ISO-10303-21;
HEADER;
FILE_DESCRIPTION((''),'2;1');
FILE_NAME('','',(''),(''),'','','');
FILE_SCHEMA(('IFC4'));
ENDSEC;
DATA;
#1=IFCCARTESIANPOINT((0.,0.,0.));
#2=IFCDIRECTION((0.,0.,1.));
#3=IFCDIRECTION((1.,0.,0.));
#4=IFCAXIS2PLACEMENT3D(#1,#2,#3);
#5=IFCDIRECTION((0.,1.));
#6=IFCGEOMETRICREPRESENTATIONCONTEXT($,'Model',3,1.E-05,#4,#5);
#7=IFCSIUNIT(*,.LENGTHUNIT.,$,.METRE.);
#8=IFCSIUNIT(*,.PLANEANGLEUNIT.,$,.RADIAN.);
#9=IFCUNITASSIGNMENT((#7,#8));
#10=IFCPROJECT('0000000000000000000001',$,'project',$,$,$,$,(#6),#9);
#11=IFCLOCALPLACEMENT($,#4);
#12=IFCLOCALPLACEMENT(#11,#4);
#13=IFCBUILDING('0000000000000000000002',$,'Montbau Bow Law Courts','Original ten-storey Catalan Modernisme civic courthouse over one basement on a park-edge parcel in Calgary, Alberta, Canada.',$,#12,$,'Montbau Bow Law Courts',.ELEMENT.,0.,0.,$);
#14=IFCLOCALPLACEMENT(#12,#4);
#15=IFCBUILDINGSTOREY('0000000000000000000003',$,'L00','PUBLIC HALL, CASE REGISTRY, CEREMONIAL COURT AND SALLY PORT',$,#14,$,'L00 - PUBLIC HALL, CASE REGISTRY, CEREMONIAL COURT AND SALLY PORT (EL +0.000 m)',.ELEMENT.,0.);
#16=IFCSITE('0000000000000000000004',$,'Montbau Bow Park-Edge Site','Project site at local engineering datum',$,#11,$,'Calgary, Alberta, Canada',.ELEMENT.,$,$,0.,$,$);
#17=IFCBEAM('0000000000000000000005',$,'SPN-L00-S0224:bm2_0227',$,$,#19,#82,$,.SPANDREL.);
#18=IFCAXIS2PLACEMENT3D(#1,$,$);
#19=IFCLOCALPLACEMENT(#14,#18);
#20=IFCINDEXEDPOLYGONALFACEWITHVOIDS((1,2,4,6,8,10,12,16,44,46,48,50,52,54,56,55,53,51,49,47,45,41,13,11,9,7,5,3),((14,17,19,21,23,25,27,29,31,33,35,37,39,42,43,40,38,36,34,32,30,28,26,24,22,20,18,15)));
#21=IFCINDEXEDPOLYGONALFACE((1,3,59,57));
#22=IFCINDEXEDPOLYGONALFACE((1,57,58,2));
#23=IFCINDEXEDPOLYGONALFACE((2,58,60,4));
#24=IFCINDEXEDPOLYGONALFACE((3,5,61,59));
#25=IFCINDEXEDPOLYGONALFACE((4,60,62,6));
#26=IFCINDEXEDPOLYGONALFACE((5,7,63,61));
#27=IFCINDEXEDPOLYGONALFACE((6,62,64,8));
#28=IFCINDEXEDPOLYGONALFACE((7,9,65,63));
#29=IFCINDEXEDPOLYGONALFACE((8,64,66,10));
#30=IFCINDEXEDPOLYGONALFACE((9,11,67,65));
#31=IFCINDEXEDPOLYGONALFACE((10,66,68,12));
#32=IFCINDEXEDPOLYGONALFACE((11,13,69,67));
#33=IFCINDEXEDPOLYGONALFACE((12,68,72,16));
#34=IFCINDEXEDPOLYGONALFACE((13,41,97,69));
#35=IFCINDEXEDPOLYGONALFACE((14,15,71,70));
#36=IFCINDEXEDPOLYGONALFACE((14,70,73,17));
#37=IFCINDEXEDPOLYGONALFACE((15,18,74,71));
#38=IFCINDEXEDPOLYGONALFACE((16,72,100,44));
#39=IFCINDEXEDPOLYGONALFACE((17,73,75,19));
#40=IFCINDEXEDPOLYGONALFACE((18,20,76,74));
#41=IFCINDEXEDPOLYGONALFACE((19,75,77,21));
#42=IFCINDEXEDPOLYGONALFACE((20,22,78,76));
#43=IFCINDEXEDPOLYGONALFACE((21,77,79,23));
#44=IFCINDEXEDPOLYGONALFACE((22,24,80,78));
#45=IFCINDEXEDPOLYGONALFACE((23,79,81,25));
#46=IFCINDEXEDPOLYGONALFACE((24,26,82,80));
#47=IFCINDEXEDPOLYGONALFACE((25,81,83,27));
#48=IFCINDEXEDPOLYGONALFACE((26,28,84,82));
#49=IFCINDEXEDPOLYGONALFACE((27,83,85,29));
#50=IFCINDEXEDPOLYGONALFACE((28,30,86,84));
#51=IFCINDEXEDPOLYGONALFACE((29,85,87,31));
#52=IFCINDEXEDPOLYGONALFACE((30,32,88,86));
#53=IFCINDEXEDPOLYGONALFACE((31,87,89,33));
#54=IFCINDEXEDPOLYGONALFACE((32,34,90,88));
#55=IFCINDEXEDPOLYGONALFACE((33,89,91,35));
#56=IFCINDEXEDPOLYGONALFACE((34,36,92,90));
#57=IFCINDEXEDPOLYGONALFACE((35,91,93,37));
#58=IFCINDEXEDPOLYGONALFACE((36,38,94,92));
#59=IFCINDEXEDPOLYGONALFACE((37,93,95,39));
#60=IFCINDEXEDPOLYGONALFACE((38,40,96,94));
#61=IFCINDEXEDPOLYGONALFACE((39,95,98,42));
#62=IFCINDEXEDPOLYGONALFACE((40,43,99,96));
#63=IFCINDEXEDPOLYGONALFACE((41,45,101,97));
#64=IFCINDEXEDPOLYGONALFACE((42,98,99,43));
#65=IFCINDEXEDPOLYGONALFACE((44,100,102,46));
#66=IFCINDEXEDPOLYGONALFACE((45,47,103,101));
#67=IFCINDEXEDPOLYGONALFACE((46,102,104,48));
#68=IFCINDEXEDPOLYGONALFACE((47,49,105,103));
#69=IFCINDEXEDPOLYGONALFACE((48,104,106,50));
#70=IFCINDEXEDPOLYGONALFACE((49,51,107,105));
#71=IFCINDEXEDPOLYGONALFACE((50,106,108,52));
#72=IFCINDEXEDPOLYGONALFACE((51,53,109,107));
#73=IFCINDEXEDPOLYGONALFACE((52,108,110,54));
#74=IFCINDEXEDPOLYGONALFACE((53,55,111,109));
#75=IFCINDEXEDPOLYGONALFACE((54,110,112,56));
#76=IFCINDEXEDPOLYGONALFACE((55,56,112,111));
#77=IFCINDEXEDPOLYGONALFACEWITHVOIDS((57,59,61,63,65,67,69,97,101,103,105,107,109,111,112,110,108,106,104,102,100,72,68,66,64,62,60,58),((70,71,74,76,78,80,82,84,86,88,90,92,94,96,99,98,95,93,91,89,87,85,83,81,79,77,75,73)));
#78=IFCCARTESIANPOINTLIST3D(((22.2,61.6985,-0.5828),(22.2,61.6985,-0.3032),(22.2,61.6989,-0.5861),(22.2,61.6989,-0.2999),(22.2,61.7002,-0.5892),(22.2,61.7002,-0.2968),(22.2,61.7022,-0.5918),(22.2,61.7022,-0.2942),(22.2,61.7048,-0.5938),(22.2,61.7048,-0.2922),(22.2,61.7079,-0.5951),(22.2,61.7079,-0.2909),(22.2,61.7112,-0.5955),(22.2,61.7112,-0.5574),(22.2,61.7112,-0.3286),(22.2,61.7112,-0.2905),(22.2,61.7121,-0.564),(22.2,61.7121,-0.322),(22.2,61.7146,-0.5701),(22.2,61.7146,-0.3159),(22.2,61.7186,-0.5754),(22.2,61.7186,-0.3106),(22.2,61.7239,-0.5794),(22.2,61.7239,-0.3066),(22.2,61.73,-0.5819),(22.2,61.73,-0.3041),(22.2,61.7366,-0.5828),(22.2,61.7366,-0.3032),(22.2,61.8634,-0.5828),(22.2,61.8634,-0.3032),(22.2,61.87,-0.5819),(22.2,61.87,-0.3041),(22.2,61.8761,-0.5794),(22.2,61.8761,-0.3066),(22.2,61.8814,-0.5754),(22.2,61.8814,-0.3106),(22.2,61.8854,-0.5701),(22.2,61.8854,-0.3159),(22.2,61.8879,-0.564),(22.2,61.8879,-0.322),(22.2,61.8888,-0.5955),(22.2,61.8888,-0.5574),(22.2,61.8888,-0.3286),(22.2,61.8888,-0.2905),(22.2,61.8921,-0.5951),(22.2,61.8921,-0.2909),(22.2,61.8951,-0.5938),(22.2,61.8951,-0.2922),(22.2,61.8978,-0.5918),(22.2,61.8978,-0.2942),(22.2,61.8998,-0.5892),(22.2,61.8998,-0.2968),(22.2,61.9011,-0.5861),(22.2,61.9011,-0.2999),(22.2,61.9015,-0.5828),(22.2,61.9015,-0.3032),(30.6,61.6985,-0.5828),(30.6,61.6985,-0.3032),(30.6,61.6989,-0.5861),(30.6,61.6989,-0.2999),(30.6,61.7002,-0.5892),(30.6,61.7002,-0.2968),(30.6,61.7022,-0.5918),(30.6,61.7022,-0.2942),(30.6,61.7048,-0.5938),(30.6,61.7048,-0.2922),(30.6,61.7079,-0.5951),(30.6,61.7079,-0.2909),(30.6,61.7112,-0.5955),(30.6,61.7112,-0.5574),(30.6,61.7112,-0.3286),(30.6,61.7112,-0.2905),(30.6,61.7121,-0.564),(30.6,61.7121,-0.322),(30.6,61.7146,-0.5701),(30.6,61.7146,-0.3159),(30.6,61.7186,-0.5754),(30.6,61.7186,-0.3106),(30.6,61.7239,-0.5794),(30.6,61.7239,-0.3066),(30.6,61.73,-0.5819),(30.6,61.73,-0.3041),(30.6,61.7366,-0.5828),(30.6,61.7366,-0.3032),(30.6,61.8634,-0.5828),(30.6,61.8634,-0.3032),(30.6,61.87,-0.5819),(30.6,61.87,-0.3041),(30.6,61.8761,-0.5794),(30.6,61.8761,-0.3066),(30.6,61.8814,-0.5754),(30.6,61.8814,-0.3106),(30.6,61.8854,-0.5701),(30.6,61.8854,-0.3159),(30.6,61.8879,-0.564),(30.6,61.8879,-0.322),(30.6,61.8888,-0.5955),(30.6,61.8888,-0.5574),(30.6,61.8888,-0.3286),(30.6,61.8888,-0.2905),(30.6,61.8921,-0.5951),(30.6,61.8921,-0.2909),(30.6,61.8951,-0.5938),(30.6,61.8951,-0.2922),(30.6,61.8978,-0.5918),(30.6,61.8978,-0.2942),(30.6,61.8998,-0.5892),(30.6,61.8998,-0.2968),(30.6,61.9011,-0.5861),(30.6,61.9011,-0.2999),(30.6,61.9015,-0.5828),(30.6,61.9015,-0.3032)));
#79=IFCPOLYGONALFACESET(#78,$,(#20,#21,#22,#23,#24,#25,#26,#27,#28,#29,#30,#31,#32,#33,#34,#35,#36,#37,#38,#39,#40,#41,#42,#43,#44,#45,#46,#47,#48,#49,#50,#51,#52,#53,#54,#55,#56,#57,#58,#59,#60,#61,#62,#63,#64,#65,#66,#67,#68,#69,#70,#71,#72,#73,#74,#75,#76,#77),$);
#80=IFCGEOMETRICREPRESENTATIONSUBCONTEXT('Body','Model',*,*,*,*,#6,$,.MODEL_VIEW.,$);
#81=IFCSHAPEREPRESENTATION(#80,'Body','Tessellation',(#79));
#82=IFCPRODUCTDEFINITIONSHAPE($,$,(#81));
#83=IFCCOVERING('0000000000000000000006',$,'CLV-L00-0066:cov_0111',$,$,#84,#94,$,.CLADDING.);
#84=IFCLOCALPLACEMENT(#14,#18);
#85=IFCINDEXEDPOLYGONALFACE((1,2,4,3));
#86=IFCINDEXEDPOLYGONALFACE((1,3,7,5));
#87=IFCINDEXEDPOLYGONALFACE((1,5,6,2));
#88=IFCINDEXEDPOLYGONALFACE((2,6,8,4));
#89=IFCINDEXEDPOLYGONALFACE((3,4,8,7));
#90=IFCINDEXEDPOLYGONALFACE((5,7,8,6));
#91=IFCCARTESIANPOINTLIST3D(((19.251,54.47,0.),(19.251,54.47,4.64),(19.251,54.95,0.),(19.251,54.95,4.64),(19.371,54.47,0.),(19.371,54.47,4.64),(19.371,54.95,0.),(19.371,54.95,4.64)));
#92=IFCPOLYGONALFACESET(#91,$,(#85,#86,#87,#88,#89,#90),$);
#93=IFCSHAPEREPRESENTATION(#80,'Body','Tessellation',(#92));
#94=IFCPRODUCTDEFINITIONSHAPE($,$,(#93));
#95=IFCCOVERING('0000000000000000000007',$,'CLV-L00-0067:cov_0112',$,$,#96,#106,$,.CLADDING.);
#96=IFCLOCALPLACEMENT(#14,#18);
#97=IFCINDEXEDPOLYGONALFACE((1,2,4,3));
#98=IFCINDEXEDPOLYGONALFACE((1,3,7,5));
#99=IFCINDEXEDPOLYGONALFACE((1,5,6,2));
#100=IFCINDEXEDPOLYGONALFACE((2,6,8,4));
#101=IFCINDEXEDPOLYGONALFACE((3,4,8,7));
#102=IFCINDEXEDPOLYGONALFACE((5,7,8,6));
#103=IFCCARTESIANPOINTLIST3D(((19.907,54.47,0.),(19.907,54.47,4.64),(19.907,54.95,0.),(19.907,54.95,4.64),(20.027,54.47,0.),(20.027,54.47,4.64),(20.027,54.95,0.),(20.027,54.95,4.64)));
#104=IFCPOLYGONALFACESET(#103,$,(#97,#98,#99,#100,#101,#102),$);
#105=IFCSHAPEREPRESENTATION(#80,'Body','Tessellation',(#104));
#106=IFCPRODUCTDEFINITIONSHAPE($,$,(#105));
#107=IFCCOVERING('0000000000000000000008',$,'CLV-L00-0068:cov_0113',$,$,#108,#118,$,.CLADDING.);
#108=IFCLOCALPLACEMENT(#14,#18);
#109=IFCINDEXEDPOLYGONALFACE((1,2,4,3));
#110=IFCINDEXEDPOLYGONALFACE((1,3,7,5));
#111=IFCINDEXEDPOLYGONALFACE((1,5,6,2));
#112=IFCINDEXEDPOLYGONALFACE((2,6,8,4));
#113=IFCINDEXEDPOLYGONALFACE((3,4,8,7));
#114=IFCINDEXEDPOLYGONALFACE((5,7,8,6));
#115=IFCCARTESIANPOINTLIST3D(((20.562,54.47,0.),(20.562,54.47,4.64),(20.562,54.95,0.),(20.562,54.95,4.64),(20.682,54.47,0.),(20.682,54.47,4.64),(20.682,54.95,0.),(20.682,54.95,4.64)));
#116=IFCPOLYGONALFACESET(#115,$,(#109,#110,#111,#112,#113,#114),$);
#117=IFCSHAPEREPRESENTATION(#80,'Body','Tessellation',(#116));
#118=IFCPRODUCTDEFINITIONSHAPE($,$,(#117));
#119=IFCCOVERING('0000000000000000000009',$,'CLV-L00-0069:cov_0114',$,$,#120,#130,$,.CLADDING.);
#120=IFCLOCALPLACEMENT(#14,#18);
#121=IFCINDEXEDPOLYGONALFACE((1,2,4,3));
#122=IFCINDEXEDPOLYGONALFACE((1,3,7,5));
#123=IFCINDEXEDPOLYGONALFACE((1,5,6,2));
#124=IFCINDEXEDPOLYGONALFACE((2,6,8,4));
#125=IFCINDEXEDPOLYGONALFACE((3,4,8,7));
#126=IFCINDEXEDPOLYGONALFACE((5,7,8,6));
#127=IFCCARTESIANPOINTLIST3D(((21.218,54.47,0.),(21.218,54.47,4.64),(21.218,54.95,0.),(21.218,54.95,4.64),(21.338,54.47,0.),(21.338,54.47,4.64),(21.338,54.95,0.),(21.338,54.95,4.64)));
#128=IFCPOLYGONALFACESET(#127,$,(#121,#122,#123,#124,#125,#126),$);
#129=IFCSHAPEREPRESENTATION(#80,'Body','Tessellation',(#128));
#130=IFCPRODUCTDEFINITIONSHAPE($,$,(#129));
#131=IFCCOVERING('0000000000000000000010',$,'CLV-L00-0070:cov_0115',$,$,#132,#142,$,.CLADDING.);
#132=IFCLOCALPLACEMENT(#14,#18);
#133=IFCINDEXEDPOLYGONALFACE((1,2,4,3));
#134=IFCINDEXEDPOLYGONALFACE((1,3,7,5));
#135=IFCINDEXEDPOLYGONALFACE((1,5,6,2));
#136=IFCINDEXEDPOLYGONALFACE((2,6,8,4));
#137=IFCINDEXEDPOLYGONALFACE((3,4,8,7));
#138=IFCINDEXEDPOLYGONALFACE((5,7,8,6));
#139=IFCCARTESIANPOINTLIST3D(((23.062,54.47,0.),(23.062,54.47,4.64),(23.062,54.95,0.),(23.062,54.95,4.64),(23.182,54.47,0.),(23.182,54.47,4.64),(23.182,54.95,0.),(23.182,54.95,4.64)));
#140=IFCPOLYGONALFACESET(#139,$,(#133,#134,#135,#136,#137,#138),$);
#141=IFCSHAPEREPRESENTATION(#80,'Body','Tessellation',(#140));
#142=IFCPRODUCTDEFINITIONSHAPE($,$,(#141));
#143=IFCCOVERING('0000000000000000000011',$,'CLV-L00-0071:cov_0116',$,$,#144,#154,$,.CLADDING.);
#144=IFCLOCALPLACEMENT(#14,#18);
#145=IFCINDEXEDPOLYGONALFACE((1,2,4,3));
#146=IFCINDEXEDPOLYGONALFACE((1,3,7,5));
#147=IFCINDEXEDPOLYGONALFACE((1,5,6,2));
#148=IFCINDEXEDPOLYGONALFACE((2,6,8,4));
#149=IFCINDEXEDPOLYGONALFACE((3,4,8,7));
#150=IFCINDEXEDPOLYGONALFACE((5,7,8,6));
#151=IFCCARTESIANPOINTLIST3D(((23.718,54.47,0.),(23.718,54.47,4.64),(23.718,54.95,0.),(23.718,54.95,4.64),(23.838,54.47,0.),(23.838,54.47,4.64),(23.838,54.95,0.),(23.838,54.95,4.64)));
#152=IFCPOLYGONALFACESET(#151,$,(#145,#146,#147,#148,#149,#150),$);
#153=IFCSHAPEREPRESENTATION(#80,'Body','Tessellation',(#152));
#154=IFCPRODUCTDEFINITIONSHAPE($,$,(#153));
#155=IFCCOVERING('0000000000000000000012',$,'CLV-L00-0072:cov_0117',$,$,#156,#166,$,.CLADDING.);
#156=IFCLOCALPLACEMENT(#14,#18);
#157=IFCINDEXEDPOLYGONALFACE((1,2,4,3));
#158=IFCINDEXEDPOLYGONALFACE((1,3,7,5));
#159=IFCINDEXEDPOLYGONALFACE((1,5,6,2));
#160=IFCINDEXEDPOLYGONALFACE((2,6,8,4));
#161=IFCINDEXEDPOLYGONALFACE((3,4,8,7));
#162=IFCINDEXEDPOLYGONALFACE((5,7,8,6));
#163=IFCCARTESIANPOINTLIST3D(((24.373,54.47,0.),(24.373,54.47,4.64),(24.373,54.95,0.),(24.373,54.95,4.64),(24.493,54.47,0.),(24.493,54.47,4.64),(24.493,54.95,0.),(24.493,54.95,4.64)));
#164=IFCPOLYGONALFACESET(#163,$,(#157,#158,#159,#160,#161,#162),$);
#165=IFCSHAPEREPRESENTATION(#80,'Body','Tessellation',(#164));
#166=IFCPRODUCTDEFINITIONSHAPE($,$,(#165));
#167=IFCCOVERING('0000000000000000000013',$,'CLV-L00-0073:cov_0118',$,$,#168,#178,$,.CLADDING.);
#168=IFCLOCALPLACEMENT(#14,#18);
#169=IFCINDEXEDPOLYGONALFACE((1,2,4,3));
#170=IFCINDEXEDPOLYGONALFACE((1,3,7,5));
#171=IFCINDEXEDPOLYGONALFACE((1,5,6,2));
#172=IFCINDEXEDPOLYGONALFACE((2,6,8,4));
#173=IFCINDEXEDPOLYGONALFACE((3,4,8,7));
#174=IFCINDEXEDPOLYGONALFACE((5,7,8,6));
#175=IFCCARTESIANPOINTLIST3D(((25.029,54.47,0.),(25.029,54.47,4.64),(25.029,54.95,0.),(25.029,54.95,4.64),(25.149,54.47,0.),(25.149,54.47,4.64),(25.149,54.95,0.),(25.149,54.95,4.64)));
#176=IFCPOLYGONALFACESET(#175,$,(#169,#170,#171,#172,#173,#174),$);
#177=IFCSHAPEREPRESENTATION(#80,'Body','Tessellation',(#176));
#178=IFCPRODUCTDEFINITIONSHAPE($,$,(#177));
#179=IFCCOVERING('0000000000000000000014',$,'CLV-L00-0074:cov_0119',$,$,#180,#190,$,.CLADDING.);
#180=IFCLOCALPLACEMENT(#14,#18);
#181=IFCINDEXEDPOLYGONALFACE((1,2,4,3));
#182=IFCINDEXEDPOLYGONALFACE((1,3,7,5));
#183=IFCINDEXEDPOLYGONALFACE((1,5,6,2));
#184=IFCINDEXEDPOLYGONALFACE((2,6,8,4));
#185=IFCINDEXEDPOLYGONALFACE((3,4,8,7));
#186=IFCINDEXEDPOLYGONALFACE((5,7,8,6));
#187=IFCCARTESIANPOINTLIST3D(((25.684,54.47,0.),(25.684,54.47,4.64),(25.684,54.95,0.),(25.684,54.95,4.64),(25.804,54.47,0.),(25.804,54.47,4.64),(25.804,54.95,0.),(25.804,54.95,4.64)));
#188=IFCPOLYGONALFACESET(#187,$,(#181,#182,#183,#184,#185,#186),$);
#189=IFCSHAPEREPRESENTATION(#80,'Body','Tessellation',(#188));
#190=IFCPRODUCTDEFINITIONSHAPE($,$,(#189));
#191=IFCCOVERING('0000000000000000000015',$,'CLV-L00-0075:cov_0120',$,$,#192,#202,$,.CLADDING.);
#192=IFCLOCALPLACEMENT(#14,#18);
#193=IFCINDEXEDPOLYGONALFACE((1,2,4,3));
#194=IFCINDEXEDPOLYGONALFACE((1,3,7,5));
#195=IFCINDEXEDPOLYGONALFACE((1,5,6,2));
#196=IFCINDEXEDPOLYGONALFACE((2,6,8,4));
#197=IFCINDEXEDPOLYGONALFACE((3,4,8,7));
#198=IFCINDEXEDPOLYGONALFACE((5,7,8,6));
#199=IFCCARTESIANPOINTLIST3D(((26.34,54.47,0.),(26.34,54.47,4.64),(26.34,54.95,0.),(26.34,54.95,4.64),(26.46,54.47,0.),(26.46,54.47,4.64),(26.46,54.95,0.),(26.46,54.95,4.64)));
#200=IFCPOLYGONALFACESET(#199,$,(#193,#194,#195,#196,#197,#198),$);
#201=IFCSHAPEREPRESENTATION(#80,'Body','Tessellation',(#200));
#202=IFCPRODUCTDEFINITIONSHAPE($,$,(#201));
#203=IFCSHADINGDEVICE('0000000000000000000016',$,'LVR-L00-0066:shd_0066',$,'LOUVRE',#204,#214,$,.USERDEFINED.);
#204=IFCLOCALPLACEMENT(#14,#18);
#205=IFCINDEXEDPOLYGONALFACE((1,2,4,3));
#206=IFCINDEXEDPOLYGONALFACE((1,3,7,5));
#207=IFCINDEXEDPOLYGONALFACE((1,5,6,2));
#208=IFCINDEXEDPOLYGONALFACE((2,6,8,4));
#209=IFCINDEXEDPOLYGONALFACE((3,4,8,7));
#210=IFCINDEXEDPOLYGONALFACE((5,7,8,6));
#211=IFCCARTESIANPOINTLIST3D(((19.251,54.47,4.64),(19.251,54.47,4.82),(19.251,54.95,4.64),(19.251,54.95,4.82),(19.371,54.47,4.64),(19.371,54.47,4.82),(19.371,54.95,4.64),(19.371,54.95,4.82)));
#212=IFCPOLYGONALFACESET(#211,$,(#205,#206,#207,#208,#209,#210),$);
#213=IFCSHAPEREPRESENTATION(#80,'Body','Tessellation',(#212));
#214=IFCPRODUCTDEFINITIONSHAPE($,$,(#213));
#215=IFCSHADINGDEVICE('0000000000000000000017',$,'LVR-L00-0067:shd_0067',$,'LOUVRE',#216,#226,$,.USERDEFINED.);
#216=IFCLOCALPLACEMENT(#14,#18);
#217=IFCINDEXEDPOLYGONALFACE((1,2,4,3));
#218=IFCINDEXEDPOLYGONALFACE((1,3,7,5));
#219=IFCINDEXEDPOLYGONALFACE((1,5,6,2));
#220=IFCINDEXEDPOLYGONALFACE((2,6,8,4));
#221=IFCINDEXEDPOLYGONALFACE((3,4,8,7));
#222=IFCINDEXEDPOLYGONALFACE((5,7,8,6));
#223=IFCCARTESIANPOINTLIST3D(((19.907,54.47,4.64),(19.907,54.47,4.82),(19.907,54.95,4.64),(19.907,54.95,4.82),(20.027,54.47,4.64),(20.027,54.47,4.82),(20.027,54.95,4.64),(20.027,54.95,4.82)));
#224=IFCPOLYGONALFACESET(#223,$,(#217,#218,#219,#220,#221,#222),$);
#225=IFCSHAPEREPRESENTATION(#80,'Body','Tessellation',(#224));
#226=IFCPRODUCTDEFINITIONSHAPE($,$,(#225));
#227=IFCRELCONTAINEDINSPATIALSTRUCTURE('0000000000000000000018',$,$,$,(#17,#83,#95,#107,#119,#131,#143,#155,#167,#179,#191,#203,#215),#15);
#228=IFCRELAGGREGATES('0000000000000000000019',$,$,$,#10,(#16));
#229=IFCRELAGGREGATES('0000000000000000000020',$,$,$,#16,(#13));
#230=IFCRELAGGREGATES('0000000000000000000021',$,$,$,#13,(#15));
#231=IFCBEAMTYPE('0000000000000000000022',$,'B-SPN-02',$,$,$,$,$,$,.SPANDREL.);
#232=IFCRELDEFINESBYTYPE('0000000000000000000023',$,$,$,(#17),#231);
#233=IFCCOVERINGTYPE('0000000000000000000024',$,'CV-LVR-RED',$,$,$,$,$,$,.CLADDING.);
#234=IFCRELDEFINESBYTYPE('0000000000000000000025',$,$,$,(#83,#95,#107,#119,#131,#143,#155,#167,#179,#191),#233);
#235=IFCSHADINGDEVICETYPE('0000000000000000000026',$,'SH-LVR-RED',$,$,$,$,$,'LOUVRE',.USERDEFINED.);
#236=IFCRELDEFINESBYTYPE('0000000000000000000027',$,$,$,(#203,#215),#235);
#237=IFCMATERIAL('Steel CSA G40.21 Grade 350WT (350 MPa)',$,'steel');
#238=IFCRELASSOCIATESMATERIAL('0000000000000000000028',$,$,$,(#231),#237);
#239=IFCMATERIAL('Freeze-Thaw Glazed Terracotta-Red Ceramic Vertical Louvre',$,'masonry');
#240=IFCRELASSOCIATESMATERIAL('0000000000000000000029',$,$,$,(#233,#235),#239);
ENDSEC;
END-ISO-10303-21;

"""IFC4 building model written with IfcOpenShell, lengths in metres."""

from ifc_helpers import new_model, si_unit, direction, frame, frame_2d, origin_with_axes, origin_2d_with_axis, place, context, subcontext, project, spatial, rectangle, hollow_rectangle, extrude, material, material_profile, profile_set, type_object, element, save


model = new_model("IFC4")

# Units and contexts
model_context = context("Model", 3, precision=1e-05, world=origin_with_axes(), true_north=direction((0.0, 1.0)))
body_context = subcontext(model_context, "Body", "Model", "MODEL_VIEW")
ifc_project = project(units=[si_unit("LENGTHUNIT", "METRE"), si_unit("PLANEANGLEUNIT", "RADIAN")], contexts=[model_context])

# Site, building, storey
site_placement = place(None, origin_with_axes())
site = spatial("IfcSite", under=ifc_project, at=site_placement, Name="Montbau Bow Park-Edge Site", Description="Project site at local engineering datum", LongName="Calgary, Alberta, Canada", CompositionType="ELEMENT", RefElevation=0.0)
building_placement = place(site_placement, origin_with_axes())
building = spatial("IfcBuilding", under=site, at=building_placement, Name="Montbau Bow Law Courts", Description="Original ten-storey Catalan Modernisme civic courthouse over one basement on a park-edge parcel in Calgary, Alberta, Canada.", LongName="Montbau Bow Law Courts", CompositionType="ELEMENT", ElevationOfRefHeight=0.0, ElevationOfTerrain=0.0)
storey_placement = place(building_placement, origin_with_axes())
storey = spatial("IfcBuildingStorey", under=building, at=storey_placement, Name="L00", Description="PUBLIC HALL, CASE REGISTRY, CEREMONIAL COURT AND SALLY PORT", LongName="L00 - PUBLIC HALL, CASE REGISTRY, CEREMONIAL COURT AND SALLY PORT (EL +0.000 m)", CompositionType="ELEMENT", Elevation=0.0)

# Shared definitions
ifc_material_1 = material(Name="Steel CSA G40.21 Grade 350WT (350 MPa)", Category="steel")

# Beam
ifc_material_profile_1 = material_profile(ifc_material_1, hollow_rectangle(XDim=0.203, YDim=0.305, WallThickness=0.0127, InnerFilletRadius=0.0254, OuterFilletRadius=0.0127, at=origin_2d_with_axis()), Name="HSS305X203X13", Category="Main", Priority=0)
ifc_profile_set_1 = profile_set([ifc_material_profile_1], Name="Steel CSA G40.21 Grade 350WT (350 MPa)")
beam_type_1 = type_object("IfcBeamType", Name="B-SPN-02", PredefinedType="SPANDREL", material=ifc_profile_set_1)
beam_1_placement = place(None, frame((22.2, 61.8, -0.443), z_axis=(1.0, 0.0, 0.0), x_axis=(0.0, 1.0, 0.0)))
element("IfcBeam", 1, at=beam_1_placement, inside=storey, type_object=beam_type_1, Name="SPN-L00-S0224:bm2_0227", PredefinedType="SPANDREL", context=body_context, shape_type="SweptSolid", body=[
    extrude(hollow_rectangle(XDim=0.203, YDim=0.305, WallThickness=0.0127, InnerFilletRadius=0.0254, OuterFilletRadius=0.0127, at=origin_2d_with_axis()), origin_with_axes(), (0.0, 0.0, 1.0), 8.4),
])

# Coverings
ifc_material_2 = material(Name="Freeze-Thaw Glazed Terracotta-Red Ceramic Vertical Louvre", Category="masonry")
covering_type = type_object("IfcCoveringType", Name="CV-LVR-RED", PredefinedType="CLADDING", material=ifc_material_2)
for number, where, z_axis, x_axis, name in (
    (2, (19.311, 54.47, 0.0), (1.0, 0.0, 0.0), (0.0, 1.0, 0.0), "CLV-L00-0066:cov_0111"),
    (3, (19.967, 54.47, 0.0), (1.0, 0.0, 0.0), (0.0, 1.0, 0.0), "CLV-L00-0067:cov_0112"),
    (4, (20.622, 54.47, 0.0), (1.0, 0.0, 0.0), (0.0, 1.0, 0.0), "CLV-L00-0068:cov_0113"),
    (5, (21.278, 54.47, 0.0), (1.0, 0.0, 0.0), (0.0, 1.0, 0.0), "CLV-L00-0069:cov_0114"),
    (6, (23.122, 54.47, 0.0), (1.0, 0.0, 0.0), (0.0, 1.0, 0.0), "CLV-L00-0070:cov_0115"),
    (7, (23.778, 54.47, 0.0), (1.0, 0.0, 0.0), (0.0, 1.0, 0.0), "CLV-L00-0071:cov_0116"),
    (8, (24.433, 54.47, 0.0), (1.0, 0.0, 0.0), (0.0, 1.0, 0.0), "CLV-L00-0072:cov_0117"),
    (9, (25.089, 54.47, 0.0), (1.0, 0.0, 0.0), (0.0, 1.0, 0.0), "CLV-L00-0073:cov_0118"),
    (10, (25.744, 54.47, 0.0), (1.0, 0.0, 0.0), (0.0, 1.0, 0.0), "CLV-L00-0074:cov_0119"),
    (11, (26.4, 54.47, 0.0), (1.0, 0.0, 0.0), (0.0, 1.0, 0.0), "CLV-L00-0075:cov_0120"),
):
    element("IfcCovering", number, at=place(None, frame(where, z_axis=z_axis, x_axis=x_axis)), inside=storey, type_object=covering_type, Name=name, PredefinedType="CLADDING", context=body_context, shape_type="SweptSolid", body=[
        extrude(rectangle(XDim=0.48, YDim=4.64, at=frame_2d((0.24, 2.32), x_axis=(1.0, 0.0))), frame((0.0, 0.0, -0.06), z_axis=(0.0, 0.0, 1.0), x_axis=(1.0, 0.0, 0.0)), (0.0, 0.0, 1.0), 0.12),
    ])

# Shading devices
shading_device_type = type_object("IfcShadingDeviceType", Name="SH-LVR-RED", ElementType="LOUVRE", PredefinedType="USERDEFINED", material=ifc_material_2)
for number, where, z_axis, x_axis, name in (
    (12, (19.311, 54.71, 4.64), (0.0, 0.0, 1.0), (0.0, 1.0, 0.0), "LVR-L00-0066:shd_0066"),
    (13, (19.967, 54.71, 4.64), (0.0, 0.0, 1.0), (0.0, 1.0, 0.0), "LVR-L00-0067:shd_0067"),
):
    element("IfcShadingDevice", number, at=place(None, frame(where, z_axis=z_axis, x_axis=x_axis)), inside=storey, type_object=shading_device_type, Name=name, ObjectType="LOUVRE", PredefinedType="USERDEFINED", context=body_context, shape_type="SweptSolid", body=[
        extrude(rectangle(XDim=0.48, YDim=0.12, at=origin_2d_with_axis()), origin_with_axes(), (0.0, 0.0, 1.0), 0.18),
    ])

save(model, "model.ifc")
